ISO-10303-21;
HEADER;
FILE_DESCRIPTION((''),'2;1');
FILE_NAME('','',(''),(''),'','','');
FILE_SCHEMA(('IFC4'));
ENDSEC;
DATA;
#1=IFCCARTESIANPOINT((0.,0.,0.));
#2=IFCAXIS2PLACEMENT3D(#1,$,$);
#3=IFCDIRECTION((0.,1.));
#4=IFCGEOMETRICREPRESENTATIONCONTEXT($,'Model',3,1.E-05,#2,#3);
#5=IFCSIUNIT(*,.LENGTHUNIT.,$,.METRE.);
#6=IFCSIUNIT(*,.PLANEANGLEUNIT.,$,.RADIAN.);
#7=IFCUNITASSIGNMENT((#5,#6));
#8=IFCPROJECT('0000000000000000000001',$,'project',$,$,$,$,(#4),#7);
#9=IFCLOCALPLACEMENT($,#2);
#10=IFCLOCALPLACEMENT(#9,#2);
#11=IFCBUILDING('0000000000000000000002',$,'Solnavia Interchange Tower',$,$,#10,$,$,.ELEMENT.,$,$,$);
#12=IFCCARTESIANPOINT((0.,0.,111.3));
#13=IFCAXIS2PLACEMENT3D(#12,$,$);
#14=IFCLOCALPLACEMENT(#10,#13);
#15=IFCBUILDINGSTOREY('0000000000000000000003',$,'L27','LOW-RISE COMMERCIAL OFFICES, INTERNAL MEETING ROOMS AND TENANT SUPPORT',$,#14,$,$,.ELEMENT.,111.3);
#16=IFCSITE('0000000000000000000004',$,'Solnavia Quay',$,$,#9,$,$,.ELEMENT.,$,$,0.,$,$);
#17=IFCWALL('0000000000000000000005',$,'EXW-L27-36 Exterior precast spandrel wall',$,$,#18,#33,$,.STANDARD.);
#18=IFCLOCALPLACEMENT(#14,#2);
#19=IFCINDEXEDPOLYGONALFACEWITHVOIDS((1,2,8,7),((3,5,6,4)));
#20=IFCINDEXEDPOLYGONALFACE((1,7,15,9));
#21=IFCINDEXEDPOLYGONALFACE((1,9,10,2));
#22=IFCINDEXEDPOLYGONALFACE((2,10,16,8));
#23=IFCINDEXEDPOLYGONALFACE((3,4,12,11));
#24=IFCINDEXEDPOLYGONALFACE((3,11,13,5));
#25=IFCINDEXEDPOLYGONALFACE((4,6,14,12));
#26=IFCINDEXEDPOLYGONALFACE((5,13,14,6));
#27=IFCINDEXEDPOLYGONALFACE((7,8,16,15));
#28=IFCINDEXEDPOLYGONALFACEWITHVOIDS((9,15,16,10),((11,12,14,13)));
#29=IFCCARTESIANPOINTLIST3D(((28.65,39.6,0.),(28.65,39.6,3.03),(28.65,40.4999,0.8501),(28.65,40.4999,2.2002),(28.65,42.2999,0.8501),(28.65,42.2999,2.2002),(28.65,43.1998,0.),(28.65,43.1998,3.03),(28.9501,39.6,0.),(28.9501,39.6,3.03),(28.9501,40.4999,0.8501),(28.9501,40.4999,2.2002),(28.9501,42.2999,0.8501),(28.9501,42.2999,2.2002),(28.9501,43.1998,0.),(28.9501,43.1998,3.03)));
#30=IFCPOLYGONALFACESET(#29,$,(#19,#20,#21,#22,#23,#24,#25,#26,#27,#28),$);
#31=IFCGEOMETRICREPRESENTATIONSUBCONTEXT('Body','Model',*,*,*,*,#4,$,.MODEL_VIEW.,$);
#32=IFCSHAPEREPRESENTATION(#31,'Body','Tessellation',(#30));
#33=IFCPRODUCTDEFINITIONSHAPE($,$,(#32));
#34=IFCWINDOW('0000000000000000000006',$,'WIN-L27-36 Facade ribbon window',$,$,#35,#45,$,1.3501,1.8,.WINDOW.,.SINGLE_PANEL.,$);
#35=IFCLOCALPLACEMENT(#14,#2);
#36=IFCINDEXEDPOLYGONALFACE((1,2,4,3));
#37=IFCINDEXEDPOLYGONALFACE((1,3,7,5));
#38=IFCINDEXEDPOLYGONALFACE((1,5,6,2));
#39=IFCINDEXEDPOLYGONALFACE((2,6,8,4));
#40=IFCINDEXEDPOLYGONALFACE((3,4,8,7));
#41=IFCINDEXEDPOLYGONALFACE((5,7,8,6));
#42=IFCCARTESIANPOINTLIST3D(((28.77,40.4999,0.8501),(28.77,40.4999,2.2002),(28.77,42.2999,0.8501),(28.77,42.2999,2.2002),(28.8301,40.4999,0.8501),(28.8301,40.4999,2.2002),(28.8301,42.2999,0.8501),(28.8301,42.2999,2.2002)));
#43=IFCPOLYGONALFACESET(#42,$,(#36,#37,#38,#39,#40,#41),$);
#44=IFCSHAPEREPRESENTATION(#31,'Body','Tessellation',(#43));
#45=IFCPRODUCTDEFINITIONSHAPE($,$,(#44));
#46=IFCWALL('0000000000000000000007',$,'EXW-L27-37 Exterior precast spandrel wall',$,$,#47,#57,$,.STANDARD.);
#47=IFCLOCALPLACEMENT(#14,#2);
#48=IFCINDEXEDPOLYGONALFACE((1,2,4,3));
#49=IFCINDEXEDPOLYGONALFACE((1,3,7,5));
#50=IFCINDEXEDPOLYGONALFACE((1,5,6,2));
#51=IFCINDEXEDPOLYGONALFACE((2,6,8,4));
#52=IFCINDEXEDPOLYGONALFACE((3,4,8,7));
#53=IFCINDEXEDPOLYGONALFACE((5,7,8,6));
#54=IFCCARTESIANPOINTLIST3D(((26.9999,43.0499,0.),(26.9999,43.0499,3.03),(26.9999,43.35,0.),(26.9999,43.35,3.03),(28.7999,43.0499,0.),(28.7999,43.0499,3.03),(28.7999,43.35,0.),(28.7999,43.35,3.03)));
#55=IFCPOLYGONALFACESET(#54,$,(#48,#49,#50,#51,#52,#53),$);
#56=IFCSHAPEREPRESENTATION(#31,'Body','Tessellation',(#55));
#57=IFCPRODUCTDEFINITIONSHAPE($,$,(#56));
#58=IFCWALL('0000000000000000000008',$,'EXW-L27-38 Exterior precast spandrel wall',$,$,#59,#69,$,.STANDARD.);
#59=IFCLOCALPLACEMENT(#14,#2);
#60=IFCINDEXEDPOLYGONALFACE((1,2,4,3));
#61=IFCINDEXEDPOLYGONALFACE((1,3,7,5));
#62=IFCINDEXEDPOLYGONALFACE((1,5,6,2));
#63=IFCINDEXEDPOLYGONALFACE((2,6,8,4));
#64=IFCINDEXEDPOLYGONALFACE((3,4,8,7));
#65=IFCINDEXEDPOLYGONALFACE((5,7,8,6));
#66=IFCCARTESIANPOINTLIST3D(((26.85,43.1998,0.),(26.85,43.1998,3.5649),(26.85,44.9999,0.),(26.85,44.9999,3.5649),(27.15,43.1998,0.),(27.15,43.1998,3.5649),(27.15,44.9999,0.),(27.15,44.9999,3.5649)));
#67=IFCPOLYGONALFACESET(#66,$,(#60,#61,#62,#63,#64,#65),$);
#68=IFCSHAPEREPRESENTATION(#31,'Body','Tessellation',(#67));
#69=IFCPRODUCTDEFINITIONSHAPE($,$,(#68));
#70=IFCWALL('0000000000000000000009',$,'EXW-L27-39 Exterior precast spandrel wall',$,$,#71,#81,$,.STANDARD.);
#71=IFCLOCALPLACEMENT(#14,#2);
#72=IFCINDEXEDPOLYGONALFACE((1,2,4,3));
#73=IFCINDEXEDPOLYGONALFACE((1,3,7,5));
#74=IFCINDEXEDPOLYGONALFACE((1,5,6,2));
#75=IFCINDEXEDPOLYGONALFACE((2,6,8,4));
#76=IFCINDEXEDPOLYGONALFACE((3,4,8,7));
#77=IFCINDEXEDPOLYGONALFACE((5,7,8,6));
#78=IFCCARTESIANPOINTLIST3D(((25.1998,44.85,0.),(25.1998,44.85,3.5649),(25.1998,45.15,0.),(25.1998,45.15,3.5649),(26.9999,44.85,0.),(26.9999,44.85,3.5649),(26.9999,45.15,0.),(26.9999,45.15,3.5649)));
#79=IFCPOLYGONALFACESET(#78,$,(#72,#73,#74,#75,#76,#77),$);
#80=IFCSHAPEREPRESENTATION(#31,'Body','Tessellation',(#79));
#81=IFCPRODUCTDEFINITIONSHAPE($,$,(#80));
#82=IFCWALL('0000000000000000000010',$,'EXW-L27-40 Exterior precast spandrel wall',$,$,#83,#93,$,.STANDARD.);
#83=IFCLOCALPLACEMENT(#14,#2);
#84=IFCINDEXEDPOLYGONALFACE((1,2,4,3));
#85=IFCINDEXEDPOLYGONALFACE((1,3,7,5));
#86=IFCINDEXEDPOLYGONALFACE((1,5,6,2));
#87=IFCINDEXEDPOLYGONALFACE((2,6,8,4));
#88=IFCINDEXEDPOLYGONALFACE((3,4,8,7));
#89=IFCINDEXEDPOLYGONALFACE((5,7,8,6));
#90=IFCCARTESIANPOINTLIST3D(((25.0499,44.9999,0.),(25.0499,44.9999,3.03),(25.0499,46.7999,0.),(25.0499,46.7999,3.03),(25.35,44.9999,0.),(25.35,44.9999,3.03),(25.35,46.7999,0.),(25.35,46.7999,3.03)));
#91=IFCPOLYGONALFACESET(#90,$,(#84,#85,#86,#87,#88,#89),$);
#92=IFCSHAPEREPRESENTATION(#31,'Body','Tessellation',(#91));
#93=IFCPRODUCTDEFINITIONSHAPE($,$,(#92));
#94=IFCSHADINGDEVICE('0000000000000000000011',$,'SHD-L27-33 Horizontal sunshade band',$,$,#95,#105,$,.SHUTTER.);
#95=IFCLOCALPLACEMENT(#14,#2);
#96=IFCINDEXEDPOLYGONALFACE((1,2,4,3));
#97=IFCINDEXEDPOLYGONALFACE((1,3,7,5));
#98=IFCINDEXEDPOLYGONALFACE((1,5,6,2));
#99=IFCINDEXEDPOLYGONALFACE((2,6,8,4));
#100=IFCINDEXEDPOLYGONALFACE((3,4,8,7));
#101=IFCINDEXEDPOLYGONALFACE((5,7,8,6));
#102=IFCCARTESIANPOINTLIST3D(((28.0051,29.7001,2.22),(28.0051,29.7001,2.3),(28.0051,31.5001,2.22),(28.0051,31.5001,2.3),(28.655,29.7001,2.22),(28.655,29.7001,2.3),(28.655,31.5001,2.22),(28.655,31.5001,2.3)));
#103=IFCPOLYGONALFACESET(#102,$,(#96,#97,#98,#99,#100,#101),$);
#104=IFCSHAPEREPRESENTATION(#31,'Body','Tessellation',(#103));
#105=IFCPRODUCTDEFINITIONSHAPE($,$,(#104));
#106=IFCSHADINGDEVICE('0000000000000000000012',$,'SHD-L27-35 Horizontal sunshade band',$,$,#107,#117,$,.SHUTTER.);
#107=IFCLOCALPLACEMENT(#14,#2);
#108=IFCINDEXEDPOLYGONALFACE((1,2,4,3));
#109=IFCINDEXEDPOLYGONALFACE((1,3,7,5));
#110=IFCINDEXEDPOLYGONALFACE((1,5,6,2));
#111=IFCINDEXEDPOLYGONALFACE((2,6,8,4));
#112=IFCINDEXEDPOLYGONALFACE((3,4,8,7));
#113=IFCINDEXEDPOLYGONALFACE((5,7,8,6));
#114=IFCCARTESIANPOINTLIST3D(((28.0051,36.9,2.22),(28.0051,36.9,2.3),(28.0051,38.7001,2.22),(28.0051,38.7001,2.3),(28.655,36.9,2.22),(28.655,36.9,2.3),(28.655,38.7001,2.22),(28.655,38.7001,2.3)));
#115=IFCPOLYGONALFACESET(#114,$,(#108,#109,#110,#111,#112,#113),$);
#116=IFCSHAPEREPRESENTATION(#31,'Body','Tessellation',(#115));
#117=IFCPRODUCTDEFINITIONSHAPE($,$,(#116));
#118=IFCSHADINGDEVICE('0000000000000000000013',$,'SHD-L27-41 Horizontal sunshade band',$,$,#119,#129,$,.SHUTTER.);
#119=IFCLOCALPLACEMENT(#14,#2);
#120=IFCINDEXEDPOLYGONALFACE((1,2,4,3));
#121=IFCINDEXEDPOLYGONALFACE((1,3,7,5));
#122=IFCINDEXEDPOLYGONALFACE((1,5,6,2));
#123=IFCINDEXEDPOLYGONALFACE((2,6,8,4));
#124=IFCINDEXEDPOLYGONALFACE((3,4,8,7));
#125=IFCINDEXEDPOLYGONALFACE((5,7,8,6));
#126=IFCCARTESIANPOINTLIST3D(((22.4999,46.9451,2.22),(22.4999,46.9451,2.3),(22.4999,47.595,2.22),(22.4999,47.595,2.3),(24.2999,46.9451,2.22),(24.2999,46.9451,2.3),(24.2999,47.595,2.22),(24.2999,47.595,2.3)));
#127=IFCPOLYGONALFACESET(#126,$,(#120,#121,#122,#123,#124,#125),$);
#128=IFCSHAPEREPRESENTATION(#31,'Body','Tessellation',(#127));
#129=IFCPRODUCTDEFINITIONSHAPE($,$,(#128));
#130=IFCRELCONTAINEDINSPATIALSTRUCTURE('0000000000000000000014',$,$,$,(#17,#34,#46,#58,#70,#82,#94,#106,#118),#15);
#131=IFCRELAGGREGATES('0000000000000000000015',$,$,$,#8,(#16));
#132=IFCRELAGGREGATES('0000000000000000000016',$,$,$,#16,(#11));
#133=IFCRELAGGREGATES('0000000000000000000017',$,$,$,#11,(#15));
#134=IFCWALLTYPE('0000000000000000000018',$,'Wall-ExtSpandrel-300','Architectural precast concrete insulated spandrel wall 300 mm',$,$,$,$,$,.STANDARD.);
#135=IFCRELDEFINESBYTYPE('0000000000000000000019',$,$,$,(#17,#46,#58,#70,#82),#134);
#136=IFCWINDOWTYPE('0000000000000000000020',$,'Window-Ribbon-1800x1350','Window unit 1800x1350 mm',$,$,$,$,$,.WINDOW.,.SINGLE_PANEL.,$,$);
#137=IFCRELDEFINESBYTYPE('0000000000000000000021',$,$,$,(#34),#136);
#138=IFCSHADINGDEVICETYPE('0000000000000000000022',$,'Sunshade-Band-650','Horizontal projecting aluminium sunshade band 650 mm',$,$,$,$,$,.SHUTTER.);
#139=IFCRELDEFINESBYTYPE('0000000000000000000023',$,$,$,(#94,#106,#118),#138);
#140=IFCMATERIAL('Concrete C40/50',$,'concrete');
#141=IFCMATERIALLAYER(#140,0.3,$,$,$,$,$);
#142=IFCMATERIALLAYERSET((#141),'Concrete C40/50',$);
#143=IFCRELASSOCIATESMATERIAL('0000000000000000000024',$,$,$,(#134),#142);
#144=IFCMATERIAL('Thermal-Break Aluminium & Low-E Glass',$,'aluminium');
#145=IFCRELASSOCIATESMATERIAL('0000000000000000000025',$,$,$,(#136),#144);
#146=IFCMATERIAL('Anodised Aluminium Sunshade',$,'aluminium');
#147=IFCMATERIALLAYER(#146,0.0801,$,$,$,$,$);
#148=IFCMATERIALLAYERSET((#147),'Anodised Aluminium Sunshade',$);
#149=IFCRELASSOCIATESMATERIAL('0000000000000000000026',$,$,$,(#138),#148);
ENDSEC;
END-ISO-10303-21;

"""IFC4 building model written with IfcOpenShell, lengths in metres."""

from ifc_helpers import new_model, si_unit, direction, frame, frame_2d, origin, origin_2d, place, context, subcontext, project, spatial, rectangle, extrude, material, layer, layer_set, type_object, element, fill, save


model = new_model("IFC4")

# Units and contexts
model_context = context("Model", 3, precision=1e-05, world=origin(), true_north=direction((0.0, 1.0)))
body_context = subcontext(model_context, "Body", "Model", "MODEL_VIEW")
ifc_project = project(units=[si_unit("LENGTHUNIT", "METRE"), si_unit("PLANEANGLEUNIT", "RADIAN")], contexts=[model_context])

# Site, building, storey
site_placement = place(None, origin())
site = spatial("IfcSite", under=ifc_project, at=site_placement, Name="Solnavia Quay", CompositionType="ELEMENT", RefElevation=0.0)
building_placement = place(site_placement, origin())
building = spatial("IfcBuilding", under=site, at=building_placement, Name="Solnavia Interchange Tower", CompositionType="ELEMENT")
storey_placement = place(building_placement, frame((0.0, 0.0, 111.3)))
storey = spatial("IfcBuildingStorey", under=building, at=storey_placement, Name="L27", Description="LOW-RISE COMMERCIAL OFFICES, INTERNAL MEETING ROOMS AND TENANT SUPPORT", CompositionType="ELEMENT", Elevation=111.3)

# Wall, opening, window
ifc_material_1 = material(Name="Concrete C40/50", Category="concrete")
ifc_layer_1 = layer(ifc_material_1, 0.3)
ifc_layer_set_1 = layer_set([ifc_layer_1], Name="Concrete C40/50")
wall_type = type_object("IfcWallType", Name="Wall-ExtSpandrel-300", Description="Architectural precast concrete insulated spandrel wall 300 mm", PredefinedType="STANDARD", material=ifc_layer_set_1)
ifc_material_2 = material(Name="Thermal-Break Aluminium & Low-E Glass", Category="aluminium")
window_type = type_object("IfcWindowType", Name="Window-Ribbon-1800x1350", Description="Window unit 1800x1350 mm", PartitioningType="SINGLE_PANEL", PredefinedType="WINDOW", material=ifc_material_2)
wall_1_placement = place(storey_placement, frame((28.8, 39.6001, 0.0), z_axis=(0.0, 0.0, 1.0), x_axis=(0.0, 1.0, 0.0)))
wall_1 = element("IfcWall", 1, at=wall_1_placement, inside=storey, type_object=wall_type, Name="EXW-L27-36 Exterior precast spandrel wall", PredefinedType="STANDARD", context=body_context, shape_type="SweptSolid", body=[
    extrude(rectangle(XDim=3.5999, YDim=0.3, at=frame_2d((1.7998, 0.0))), origin(), (0.0, 0.0, 1.0), 3.03),
])
opening_1_placement = place(wall_1_placement, frame((0.8999, 0.0, 0.8501)))
opening_1 = element("IfcOpeningElement", 2, at=opening_1_placement, cuts=wall_1, PredefinedType="OPENING", context=body_context, shape_type="SweptSolid", body=[
    extrude(rectangle(XDim=1.8, YDim=1.3501, at=frame_2d((0.8999, 0.675))), frame((0.0, 0.1602, 0.0), z_axis=(0.0, -1.0, 0.0), x_axis=(1.0, 0.0, 0.0)), (0.0, 0.0, 1.0), 0.3201),
])
window_1_placement = place(opening_1_placement, origin())
window_1 = element("IfcWindow", 3, at=window_1_placement, inside=storey, type_object=window_type, Name="WIN-L27-36 Facade ribbon window", OverallHeight=1.3501, OverallWidth=1.8, PartitioningType="SINGLE_PANEL", PredefinedType="WINDOW", context=body_context, shape_type="SweptSolid", body=[
    extrude(rectangle(XDim=1.8, YDim=1.3501, at=frame_2d((0.8999, 0.675))), frame((0.0, 0.03, 0.0), z_axis=(0.0, -1.0, 0.0), x_axis=(1.0, 0.0, 0.0)), (0.0, 0.0, 1.0), 0.0601),
])
fill(opening_1, window_1)

# Walls
wall_2_placement = place(storey_placement, frame((27.0, 43.2, 0.0), z_axis=(0.0, 0.0, 1.0), x_axis=(1.0, 0.0, 0.0)))
element("IfcWall", 4, at=wall_2_placement, inside=storey, type_object=wall_type, Name="EXW-L27-37 Exterior precast spandrel wall", PredefinedType="STANDARD", context=body_context, shape_type="SweptSolid", body=[
    extrude(rectangle(XDim=1.8, YDim=0.3, at=frame_2d((0.8999, 0.0))), origin(), (0.0, 0.0, 1.0), 3.03),
])
for number, where, z_axis, x_axis, name in (
    (5, (27.0, 43.2, 0.0), (0.0, 0.0, 1.0), (0.0, 1.0, 0.0), "EXW-L27-38 Exterior precast spandrel wall"),
    (6, (25.2, 45.0, 0.0), (0.0, 0.0, 1.0), (1.0, 0.0, 0.0), "EXW-L27-39 Exterior precast spandrel wall"),
):
    element("IfcWall", number, at=place(storey_placement, frame(where, z_axis=z_axis, x_axis=x_axis)), inside=storey, type_object=wall_type, Name=name, PredefinedType="STANDARD", context=body_context, shape_type="SweptSolid", body=[
        extrude(rectangle(XDim=1.8, YDim=0.3, at=frame_2d((0.8999, 0.0))), origin(), (0.0, 0.0, 1.0), 3.5649),
    ])
wall_3_placement = place(storey_placement, frame((25.2, 45.0, 0.0), z_axis=(0.0, 0.0, 1.0), x_axis=(0.0, 1.0, 0.0)))
element("IfcWall", 7, at=wall_3_placement, inside=storey, type_object=wall_type, Name="EXW-L27-40 Exterior precast spandrel wall", PredefinedType="STANDARD", context=body_context, shape_type="SweptSolid", body=[
    extrude(rectangle(XDim=1.8, YDim=0.3, at=frame_2d((0.8999, 0.0))), origin(), (0.0, 0.0, 1.0), 3.03),
])

# Shading devices
ifc_material_3 = material(Name="Anodised Aluminium Sunshade", Category="aluminium")
ifc_layer_2 = layer(ifc_material_3, 0.0801)
ifc_layer_set_2 = layer_set([ifc_layer_2], Name="Anodised Aluminium Sunshade")
shading_device_type = type_object("IfcShadingDeviceType", Name="Sunshade-Band-650", Description="Horizontal projecting aluminium sunshade band 650 mm", PredefinedType="SHUTTER", material=ifc_layer_set_2)
for number, where, z_axis, x_axis, name in (
    (8, (28.3301, 30.6001, 2.22), (0.0, 0.0, 1.0), (0.0, 1.0, 0.0), "SHD-L27-33 Horizontal sunshade band"),
    (9, (28.3301, 37.8, 2.22), (0.0, 0.0, 1.0), (0.0, 1.0, 0.0), "SHD-L27-35 Horizontal sunshade band"),
    (10, (23.3999, 47.27, 2.22), (0.0, 0.0, 1.0), (1.0, 0.0, 0.0), "SHD-L27-41 Horizontal sunshade band"),
):
    element("IfcShadingDevice", number, at=place(storey_placement, frame(where, z_axis=z_axis, x_axis=x_axis)), inside=storey, type_object=shading_device_type, Name=name, PredefinedType="SHUTTER", context=body_context, shape_type="SweptSolid", body=[
        extrude(rectangle(XDim=1.8, YDim=0.6499, at=origin_2d()), origin(), (0.0, 0.0, 1.0), 0.0801),
    ])

save(model, "model.ifc")
